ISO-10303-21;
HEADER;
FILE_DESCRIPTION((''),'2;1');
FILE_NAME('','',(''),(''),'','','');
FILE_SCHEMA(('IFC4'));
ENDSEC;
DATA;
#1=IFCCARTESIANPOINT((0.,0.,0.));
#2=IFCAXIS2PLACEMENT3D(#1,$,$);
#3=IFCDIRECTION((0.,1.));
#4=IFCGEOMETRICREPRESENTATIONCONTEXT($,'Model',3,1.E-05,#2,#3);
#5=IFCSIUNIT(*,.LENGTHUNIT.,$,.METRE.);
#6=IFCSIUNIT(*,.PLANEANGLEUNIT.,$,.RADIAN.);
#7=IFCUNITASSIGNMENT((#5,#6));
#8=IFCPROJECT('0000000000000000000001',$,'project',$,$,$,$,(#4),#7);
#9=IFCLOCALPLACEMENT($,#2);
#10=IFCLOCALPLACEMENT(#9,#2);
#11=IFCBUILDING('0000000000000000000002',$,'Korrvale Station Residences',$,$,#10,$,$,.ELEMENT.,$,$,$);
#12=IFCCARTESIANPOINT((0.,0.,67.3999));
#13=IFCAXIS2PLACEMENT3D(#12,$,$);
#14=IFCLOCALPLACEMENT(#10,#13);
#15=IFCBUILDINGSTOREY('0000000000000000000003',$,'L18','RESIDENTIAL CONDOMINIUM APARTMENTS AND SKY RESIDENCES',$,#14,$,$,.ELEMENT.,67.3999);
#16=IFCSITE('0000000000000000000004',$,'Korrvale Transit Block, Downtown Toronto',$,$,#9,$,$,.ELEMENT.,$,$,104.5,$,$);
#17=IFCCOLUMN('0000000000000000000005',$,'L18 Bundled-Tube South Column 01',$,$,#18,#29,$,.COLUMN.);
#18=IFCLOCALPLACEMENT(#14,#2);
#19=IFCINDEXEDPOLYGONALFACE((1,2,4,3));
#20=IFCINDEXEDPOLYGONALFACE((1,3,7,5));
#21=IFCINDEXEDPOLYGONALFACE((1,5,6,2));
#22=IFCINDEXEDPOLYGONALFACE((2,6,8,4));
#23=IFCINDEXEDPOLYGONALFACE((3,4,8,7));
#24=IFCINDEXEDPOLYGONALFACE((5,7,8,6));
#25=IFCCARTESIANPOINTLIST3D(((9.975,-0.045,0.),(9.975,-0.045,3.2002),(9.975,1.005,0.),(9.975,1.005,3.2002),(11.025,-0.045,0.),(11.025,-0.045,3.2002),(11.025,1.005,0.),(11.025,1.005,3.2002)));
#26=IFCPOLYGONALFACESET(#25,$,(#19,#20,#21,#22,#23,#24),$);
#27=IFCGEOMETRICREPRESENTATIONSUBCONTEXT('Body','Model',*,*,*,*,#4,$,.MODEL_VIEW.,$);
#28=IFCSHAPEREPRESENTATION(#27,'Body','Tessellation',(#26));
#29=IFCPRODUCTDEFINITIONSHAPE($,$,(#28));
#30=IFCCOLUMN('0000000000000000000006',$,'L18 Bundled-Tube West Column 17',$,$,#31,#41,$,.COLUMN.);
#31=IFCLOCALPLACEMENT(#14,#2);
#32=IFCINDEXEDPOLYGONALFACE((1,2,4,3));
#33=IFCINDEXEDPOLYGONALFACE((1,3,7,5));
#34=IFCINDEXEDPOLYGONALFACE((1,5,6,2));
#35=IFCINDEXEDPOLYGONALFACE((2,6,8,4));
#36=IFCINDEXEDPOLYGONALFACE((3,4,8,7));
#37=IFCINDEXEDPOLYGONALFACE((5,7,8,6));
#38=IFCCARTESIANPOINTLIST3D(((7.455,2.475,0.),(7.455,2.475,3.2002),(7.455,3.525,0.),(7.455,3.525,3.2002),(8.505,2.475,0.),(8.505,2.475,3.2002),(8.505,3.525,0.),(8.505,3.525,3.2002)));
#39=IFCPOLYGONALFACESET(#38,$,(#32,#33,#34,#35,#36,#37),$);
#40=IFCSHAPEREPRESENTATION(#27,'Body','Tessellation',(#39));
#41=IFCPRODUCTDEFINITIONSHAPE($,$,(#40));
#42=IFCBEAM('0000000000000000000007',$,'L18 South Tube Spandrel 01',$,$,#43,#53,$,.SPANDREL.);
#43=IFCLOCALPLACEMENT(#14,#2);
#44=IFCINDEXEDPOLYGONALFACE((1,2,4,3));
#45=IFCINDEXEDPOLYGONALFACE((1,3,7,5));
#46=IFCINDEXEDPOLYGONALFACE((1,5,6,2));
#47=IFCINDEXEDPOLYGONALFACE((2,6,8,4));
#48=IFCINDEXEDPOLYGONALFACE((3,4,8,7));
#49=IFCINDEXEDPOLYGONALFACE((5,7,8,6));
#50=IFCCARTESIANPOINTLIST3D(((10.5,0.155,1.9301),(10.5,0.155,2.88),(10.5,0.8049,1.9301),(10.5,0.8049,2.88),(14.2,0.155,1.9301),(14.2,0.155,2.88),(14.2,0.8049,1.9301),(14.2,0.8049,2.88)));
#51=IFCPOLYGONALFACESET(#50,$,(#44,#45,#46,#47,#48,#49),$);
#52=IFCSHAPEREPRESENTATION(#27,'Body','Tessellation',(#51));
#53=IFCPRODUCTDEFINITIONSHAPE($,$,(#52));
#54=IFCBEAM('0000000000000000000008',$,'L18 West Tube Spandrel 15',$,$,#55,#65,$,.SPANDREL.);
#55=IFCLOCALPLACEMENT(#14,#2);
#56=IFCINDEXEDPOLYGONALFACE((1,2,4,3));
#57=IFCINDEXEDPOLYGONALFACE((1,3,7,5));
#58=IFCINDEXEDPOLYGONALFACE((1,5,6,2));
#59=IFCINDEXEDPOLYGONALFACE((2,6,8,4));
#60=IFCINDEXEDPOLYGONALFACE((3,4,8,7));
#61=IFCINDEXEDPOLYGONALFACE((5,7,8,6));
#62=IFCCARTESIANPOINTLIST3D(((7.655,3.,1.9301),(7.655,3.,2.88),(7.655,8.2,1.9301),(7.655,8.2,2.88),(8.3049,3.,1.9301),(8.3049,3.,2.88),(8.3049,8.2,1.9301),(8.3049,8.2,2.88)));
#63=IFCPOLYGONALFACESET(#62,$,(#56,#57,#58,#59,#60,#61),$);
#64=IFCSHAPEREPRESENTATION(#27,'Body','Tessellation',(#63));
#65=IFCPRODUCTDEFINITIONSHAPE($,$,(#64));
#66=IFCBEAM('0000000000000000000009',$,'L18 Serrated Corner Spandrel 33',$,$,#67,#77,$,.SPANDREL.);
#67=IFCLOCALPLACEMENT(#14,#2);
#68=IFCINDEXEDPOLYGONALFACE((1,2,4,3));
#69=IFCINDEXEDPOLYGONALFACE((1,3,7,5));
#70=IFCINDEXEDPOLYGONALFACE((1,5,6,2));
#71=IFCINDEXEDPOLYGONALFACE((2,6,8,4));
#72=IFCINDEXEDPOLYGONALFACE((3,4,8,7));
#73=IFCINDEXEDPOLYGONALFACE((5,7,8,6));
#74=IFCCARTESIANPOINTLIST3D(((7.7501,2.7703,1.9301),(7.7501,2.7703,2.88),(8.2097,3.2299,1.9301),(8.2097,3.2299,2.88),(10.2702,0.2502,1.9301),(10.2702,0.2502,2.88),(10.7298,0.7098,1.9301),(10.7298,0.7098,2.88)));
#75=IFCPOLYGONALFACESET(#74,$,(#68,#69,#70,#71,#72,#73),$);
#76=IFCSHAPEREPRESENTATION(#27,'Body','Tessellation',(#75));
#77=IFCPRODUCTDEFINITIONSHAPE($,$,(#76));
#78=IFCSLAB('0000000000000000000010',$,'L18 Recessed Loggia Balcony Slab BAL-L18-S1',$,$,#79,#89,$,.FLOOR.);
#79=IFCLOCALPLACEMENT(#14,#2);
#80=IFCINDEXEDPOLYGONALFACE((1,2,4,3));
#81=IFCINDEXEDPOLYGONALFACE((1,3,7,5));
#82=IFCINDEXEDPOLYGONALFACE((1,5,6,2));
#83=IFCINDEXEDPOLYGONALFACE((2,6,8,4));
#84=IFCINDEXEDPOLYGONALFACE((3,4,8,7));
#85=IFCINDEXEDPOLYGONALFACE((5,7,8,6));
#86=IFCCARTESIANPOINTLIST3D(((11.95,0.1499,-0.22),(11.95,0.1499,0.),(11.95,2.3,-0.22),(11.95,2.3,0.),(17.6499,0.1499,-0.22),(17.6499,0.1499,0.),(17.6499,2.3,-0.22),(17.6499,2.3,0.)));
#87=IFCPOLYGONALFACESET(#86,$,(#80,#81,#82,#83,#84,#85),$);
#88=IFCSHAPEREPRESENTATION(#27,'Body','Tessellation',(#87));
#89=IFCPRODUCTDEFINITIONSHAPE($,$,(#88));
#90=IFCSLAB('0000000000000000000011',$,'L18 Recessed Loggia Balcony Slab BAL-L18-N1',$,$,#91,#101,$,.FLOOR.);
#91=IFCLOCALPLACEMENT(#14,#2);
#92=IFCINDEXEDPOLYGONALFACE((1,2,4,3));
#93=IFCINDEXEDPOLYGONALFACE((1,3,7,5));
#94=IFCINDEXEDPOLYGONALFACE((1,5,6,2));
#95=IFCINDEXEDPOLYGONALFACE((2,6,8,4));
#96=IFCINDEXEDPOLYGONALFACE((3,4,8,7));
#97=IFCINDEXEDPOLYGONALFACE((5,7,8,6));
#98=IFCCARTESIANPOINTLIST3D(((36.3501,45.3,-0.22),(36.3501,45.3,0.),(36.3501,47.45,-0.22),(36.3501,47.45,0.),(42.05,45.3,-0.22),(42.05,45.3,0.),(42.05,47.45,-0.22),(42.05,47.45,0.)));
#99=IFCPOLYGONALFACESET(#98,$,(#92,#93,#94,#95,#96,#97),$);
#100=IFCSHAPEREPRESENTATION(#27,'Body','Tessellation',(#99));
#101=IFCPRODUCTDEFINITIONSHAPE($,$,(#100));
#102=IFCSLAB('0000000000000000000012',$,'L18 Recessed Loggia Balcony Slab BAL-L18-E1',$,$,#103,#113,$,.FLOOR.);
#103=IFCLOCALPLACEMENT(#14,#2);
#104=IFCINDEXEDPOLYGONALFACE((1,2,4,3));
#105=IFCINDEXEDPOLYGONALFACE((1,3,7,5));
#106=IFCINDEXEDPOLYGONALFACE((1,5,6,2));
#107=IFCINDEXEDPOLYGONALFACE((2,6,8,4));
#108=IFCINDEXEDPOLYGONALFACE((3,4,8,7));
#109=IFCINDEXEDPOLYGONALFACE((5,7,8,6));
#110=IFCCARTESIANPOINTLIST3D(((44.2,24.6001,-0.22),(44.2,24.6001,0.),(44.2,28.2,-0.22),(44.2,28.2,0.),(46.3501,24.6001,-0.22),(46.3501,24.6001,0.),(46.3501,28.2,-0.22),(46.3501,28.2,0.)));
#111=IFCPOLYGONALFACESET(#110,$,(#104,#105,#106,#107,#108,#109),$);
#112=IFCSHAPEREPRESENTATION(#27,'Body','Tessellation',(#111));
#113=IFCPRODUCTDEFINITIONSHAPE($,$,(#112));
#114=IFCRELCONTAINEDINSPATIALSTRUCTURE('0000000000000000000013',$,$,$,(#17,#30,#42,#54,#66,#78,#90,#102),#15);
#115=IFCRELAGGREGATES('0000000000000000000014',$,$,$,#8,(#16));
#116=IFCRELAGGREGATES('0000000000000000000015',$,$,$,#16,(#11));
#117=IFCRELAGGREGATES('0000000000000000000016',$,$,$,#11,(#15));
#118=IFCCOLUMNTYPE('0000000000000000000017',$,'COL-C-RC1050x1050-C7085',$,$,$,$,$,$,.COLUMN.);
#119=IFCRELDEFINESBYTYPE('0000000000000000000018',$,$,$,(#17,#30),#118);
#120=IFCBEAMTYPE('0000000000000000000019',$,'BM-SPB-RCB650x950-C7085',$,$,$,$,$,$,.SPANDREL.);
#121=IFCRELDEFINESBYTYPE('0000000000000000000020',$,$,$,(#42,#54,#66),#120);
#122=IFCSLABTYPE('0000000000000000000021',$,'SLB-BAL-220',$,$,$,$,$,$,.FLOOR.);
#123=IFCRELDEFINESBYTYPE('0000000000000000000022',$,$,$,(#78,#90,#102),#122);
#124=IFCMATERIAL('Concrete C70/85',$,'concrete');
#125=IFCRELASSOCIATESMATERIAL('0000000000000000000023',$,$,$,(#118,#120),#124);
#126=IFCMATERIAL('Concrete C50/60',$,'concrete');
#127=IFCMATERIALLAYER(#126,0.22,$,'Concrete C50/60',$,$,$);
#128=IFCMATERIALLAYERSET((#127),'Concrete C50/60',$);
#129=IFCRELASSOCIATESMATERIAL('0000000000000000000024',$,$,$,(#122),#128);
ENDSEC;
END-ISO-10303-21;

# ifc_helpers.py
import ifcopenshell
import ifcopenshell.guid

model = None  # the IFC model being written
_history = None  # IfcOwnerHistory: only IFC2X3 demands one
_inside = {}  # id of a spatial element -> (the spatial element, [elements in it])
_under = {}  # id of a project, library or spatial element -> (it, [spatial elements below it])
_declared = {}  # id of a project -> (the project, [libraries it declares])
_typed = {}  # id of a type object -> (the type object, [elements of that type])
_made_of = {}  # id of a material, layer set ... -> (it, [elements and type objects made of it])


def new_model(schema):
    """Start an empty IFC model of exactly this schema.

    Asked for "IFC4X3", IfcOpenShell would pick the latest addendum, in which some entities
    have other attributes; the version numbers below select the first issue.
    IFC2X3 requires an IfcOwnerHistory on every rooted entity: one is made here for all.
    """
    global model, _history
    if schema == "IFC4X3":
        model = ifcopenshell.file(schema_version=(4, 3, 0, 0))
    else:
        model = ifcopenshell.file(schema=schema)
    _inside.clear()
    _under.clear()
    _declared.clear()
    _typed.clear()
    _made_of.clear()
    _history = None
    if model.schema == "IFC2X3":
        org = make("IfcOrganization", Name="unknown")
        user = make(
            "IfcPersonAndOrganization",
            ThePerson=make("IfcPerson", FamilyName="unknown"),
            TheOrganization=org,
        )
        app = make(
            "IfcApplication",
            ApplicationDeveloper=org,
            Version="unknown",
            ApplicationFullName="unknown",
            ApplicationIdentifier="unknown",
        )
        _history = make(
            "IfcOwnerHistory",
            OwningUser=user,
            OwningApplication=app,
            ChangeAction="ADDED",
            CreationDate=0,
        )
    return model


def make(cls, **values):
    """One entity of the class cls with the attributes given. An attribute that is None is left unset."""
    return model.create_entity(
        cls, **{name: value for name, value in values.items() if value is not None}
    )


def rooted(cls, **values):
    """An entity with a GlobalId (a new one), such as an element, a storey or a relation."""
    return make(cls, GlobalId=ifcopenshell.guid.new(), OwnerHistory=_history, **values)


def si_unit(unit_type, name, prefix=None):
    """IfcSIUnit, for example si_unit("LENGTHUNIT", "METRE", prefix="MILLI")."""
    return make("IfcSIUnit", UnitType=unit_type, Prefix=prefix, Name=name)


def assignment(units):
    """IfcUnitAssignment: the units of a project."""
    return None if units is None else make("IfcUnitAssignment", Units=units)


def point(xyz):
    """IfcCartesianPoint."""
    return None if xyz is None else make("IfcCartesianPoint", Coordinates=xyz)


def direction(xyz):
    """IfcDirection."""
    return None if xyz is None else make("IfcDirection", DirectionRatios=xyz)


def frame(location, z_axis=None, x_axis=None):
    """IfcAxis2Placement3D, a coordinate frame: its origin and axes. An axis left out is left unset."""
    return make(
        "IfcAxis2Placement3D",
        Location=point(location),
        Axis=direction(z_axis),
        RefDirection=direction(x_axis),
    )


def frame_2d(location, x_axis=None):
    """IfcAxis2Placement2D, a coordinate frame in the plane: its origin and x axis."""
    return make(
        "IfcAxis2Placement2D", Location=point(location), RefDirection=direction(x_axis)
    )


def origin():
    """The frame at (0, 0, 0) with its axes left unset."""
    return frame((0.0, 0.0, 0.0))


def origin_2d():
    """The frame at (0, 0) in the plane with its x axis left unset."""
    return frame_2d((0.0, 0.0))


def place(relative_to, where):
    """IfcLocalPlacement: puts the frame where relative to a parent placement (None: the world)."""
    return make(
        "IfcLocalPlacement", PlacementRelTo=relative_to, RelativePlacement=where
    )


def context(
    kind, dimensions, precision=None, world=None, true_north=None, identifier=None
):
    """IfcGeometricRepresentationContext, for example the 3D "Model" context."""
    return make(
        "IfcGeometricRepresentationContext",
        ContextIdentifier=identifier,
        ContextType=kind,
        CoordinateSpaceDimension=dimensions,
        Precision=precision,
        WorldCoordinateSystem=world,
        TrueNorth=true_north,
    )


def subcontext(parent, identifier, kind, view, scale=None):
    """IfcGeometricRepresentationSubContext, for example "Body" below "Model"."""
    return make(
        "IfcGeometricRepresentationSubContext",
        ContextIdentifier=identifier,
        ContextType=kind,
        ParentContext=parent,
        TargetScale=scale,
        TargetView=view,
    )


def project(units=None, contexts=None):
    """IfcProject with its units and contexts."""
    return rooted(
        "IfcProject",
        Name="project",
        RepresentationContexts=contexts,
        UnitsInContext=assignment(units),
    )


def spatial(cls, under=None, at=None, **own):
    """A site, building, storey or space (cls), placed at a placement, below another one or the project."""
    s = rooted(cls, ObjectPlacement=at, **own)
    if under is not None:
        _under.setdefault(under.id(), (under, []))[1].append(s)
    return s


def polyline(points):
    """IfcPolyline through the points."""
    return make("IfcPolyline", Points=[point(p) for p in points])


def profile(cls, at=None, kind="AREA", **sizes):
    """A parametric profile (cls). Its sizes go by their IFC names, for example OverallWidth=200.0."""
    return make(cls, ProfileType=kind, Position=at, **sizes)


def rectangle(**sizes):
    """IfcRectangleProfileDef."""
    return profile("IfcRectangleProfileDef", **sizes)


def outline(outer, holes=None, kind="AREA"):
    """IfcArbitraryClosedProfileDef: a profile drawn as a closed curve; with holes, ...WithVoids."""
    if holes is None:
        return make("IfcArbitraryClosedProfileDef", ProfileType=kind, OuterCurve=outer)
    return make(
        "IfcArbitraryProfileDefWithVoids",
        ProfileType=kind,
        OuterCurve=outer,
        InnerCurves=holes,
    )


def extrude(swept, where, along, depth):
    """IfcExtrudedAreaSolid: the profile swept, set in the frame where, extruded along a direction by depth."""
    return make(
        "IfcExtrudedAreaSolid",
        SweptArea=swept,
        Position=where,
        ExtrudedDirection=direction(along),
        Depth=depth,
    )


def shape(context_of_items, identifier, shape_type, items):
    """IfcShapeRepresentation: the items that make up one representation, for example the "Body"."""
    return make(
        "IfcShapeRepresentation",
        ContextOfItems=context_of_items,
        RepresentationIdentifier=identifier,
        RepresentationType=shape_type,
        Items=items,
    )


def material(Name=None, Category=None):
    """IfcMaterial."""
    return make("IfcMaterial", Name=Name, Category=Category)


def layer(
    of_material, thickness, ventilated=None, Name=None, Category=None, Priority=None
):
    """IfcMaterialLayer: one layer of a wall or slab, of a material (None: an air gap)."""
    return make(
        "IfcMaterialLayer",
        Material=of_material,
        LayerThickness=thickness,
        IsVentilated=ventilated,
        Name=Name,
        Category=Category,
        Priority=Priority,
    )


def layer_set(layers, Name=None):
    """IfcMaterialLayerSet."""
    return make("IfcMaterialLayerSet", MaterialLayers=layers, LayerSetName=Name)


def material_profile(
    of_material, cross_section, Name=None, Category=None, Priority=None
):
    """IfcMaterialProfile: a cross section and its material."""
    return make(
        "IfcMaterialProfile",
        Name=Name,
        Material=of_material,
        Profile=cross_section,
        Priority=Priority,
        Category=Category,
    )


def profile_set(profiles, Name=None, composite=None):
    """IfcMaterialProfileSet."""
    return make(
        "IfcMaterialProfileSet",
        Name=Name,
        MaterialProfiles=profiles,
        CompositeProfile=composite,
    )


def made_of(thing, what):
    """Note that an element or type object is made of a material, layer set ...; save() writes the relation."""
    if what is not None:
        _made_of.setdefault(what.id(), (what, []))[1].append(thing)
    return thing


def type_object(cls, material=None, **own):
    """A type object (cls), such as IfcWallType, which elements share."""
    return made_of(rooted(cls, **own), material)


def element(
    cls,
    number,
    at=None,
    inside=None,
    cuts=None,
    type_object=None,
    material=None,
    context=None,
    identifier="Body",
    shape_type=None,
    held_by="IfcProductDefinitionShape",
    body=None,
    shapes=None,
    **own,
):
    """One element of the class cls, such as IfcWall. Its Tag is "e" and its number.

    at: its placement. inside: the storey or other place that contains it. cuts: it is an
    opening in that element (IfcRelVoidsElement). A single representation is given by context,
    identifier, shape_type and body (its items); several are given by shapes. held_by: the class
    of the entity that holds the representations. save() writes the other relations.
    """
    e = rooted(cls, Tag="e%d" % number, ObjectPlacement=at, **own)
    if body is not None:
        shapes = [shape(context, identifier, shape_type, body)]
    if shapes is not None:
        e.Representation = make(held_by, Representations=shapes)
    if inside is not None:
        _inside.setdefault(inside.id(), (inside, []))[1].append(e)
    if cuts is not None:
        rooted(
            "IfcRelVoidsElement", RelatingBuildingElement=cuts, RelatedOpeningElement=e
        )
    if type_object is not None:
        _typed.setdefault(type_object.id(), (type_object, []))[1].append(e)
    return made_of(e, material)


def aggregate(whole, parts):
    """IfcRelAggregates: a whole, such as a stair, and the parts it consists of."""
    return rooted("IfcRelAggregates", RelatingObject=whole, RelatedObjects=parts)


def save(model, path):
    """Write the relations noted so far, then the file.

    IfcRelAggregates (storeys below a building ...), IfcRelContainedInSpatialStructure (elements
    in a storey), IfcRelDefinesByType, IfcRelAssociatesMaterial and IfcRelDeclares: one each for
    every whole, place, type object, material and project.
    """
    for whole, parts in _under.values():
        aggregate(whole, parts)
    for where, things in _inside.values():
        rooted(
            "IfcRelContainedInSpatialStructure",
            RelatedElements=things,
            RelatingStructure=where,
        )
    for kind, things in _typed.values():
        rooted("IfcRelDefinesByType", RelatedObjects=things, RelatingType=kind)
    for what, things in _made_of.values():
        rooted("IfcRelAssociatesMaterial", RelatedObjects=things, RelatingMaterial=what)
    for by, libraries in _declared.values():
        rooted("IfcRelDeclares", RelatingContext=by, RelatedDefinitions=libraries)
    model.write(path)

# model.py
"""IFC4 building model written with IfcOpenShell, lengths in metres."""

from ifc_helpers import new_model, si_unit, direction, frame, origin, origin_2d, place, context, subcontext, project, spatial, polyline, rectangle, outline, extrude, material, layer, layer_set, material_profile, profile_set, type_object, element, save


model = new_model("IFC4")

# Units and contexts
model_context = context("Model", 3, precision=1e-05, world=origin(), true_north=direction((0.0, 1.0)))
body_context = subcontext(model_context, "Body", "Model", "MODEL_VIEW")
ifc_project = project(units=[si_unit("LENGTHUNIT", "METRE"), si_unit("PLANEANGLEUNIT", "RADIAN")], contexts=[model_context])

# Site, building, storey
site_placement = place(None, origin())
site = spatial("IfcSite", under=ifc_project, at=site_placement, Name="Korrvale Transit Block, Downtown Toronto", CompositionType="ELEMENT", RefElevation=104.5)
building_placement = place(site_placement, origin())
building = spatial("IfcBuilding", under=site, at=building_placement, Name="Korrvale Station Residences", CompositionType="ELEMENT")
storey_placement = place(building_placement, frame((0.0, 0.0, 67.3999)))
storey = spatial("IfcBuildingStorey", under=building, at=storey_placement, Name="L18", Description="RESIDENTIAL CONDOMINIUM APARTMENTS AND SKY RESIDENCES", CompositionType="ELEMENT", Elevation=67.3999)

# Columns
ifc_material_1 = material(Name="Concrete C70/85", Category="concrete")
ifc_material_profile_1 = material_profile(ifc_material_1, rectangle(XDim=1.05, YDim=1.05, at=origin_2d()), Name="RC1050x1050")
ifc_profile_set_1 = profile_set([ifc_material_profile_1], Name="Concrete C70/85")
column_type = type_object("IfcColumnType", Name="COL-C-RC1050x1050-C7085", PredefinedType="COLUMN", material=ifc_profile_set_1)
for number, where, z_axis, x_axis, name in (
    (1, (10.5, 0.48, 0.0), (0.0, 0.0, 1.0), (1.0, 0.0, 0.0), "L18 Bundled-Tube South Column 01"),
    (2, (7.98, 3.0, 0.0), (0.0, 0.0, 1.0), (1.0, 0.0, 0.0), "L18 Bundled-Tube West Column 17"),
):
    element("IfcColumn", number, at=place(storey_placement, frame(where, z_axis=z_axis, x_axis=x_axis)), inside=storey, type_object=column_type, Name=name, PredefinedType="COLUMN", context=body_context, shape_type="SweptSolid", body=[
        extrude(rectangle(XDim=1.05, YDim=1.05, at=origin_2d()), origin(), (0.0, 0.0, 1.0), 3.2002),
    ])

# Beams
ifc_material_profile_2 = material_profile(ifc_material_1, rectangle(XDim=0.6499, YDim=0.95, at=origin_2d()), Name="RCB650x950")
ifc_profile_set_2 = profile_set([ifc_material_profile_2], Name="Concrete C70/85")
beam_type = type_object("IfcBeamType", Name="BM-SPB-RCB650x950-C7085", PredefinedType="SPANDREL", material=ifc_profile_set_2)
beam_1_placement = place(storey_placement, frame((10.5, 0.48, 2.405), z_axis=(1.0, 0.0, 0.0), x_axis=(0.0, 1.0, 0.0)))
element("IfcBeam", 3, at=beam_1_placement, inside=storey, type_object=beam_type, Name="L18 South Tube Spandrel 01", PredefinedType="SPANDREL", context=body_context, shape_type="SweptSolid", body=[
    extrude(rectangle(XDim=0.6499, YDim=0.95, at=origin_2d()), origin(), (0.0, 0.0, 1.0), 3.7),
])
beam_2_placement = place(storey_placement, frame((7.98, 3.0, 2.405), z_axis=(0.0, 1.0, 0.0), x_axis=(-1.0, 0.0, 0.0)))
element("IfcBeam", 4, at=beam_2_placement, inside=storey, type_object=beam_type, Name="L18 West Tube Spandrel 15", PredefinedType="SPANDREL", context=body_context, shape_type="SweptSolid", body=[
    extrude(rectangle(XDim=0.6499, YDim=0.95, at=origin_2d()), origin(), (0.0, 0.0, 1.0), 5.2),
])
beam_3_placement = place(storey_placement, frame((10.5, 0.48, 2.405), z_axis=(-0.707107, 0.707107, 0.0), x_axis=(-0.707107, -0.707107, 0.0)))
element("IfcBeam", 5, at=beam_3_placement, inside=storey, type_object=beam_type, Name="L18 Serrated Corner Spandrel 33", PredefinedType="SPANDREL", context=body_context, shape_type="SweptSolid", body=[
    extrude(rectangle(XDim=0.6499, YDim=0.95, at=origin_2d()), origin(), (0.0, 0.0, 1.0), 3.564),
])

# Slabs
ifc_material_2 = material(Name="Concrete C50/60", Category="concrete")
ifc_layer_1 = layer(ifc_material_2, 0.22, Name="Concrete C50/60")
ifc_layer_set_1 = layer_set([ifc_layer_1], Name="Concrete C50/60")
slab_type_1 = type_object("IfcSlabType", Name="SLB-BAL-220", PredefinedType="FLOOR", material=ifc_layer_set_1)
slab_1_placement = place(storey_placement, frame((0.0, 0.0, -0.22)))
element("IfcSlab", 6, at=slab_1_placement, inside=storey, type_object=slab_type_1, Name="L18 Recessed Loggia Balcony Slab BAL-L18-S1", PredefinedType="FLOOR", context=body_context, shape_type="SweptSolid", body=[
    extrude(outline(polyline([(11.95, 0.1499), (17.6499, 0.1499), (17.6499, 2.3), (11.95, 2.3), (11.95, 0.1499)])), origin(), (0.0, 0.0, 1.0), 0.22),
])
slab_2_placement = place(storey_placement, frame((0.0, 0.0, -0.22)))
element("IfcSlab", 7, at=slab_2_placement, inside=storey, type_object=slab_type_1, Name="L18 Recessed Loggia Balcony Slab BAL-L18-N1", PredefinedType="FLOOR", context=body_context, shape_type="SweptSolid", body=[
    extrude(outline(polyline([(36.3501, 45.3), (42.05, 45.3), (42.05, 47.45), (36.3501, 47.45), (36.3501, 45.3)])), origin(), (0.0, 0.0, 1.0), 0.22),
])
slab_3_placement = place(storey_placement, frame((0.0, 0.0, -0.22)))
element("IfcSlab", 8, at=slab_3_placement, inside=storey, type_object=slab_type_1, Name="L18 Recessed Loggia Balcony Slab BAL-L18-E1", PredefinedType="FLOOR", context=body_context, shape_type="SweptSolid", body=[
    extrude(outline(polyline([(44.2, 24.6001), (46.3501, 24.6001), (46.3501, 28.2), (44.2, 28.2), (44.2, 24.6001)])), origin(), (0.0, 0.0, 1.0), 0.22),
])

save(model, "model.ifc")
